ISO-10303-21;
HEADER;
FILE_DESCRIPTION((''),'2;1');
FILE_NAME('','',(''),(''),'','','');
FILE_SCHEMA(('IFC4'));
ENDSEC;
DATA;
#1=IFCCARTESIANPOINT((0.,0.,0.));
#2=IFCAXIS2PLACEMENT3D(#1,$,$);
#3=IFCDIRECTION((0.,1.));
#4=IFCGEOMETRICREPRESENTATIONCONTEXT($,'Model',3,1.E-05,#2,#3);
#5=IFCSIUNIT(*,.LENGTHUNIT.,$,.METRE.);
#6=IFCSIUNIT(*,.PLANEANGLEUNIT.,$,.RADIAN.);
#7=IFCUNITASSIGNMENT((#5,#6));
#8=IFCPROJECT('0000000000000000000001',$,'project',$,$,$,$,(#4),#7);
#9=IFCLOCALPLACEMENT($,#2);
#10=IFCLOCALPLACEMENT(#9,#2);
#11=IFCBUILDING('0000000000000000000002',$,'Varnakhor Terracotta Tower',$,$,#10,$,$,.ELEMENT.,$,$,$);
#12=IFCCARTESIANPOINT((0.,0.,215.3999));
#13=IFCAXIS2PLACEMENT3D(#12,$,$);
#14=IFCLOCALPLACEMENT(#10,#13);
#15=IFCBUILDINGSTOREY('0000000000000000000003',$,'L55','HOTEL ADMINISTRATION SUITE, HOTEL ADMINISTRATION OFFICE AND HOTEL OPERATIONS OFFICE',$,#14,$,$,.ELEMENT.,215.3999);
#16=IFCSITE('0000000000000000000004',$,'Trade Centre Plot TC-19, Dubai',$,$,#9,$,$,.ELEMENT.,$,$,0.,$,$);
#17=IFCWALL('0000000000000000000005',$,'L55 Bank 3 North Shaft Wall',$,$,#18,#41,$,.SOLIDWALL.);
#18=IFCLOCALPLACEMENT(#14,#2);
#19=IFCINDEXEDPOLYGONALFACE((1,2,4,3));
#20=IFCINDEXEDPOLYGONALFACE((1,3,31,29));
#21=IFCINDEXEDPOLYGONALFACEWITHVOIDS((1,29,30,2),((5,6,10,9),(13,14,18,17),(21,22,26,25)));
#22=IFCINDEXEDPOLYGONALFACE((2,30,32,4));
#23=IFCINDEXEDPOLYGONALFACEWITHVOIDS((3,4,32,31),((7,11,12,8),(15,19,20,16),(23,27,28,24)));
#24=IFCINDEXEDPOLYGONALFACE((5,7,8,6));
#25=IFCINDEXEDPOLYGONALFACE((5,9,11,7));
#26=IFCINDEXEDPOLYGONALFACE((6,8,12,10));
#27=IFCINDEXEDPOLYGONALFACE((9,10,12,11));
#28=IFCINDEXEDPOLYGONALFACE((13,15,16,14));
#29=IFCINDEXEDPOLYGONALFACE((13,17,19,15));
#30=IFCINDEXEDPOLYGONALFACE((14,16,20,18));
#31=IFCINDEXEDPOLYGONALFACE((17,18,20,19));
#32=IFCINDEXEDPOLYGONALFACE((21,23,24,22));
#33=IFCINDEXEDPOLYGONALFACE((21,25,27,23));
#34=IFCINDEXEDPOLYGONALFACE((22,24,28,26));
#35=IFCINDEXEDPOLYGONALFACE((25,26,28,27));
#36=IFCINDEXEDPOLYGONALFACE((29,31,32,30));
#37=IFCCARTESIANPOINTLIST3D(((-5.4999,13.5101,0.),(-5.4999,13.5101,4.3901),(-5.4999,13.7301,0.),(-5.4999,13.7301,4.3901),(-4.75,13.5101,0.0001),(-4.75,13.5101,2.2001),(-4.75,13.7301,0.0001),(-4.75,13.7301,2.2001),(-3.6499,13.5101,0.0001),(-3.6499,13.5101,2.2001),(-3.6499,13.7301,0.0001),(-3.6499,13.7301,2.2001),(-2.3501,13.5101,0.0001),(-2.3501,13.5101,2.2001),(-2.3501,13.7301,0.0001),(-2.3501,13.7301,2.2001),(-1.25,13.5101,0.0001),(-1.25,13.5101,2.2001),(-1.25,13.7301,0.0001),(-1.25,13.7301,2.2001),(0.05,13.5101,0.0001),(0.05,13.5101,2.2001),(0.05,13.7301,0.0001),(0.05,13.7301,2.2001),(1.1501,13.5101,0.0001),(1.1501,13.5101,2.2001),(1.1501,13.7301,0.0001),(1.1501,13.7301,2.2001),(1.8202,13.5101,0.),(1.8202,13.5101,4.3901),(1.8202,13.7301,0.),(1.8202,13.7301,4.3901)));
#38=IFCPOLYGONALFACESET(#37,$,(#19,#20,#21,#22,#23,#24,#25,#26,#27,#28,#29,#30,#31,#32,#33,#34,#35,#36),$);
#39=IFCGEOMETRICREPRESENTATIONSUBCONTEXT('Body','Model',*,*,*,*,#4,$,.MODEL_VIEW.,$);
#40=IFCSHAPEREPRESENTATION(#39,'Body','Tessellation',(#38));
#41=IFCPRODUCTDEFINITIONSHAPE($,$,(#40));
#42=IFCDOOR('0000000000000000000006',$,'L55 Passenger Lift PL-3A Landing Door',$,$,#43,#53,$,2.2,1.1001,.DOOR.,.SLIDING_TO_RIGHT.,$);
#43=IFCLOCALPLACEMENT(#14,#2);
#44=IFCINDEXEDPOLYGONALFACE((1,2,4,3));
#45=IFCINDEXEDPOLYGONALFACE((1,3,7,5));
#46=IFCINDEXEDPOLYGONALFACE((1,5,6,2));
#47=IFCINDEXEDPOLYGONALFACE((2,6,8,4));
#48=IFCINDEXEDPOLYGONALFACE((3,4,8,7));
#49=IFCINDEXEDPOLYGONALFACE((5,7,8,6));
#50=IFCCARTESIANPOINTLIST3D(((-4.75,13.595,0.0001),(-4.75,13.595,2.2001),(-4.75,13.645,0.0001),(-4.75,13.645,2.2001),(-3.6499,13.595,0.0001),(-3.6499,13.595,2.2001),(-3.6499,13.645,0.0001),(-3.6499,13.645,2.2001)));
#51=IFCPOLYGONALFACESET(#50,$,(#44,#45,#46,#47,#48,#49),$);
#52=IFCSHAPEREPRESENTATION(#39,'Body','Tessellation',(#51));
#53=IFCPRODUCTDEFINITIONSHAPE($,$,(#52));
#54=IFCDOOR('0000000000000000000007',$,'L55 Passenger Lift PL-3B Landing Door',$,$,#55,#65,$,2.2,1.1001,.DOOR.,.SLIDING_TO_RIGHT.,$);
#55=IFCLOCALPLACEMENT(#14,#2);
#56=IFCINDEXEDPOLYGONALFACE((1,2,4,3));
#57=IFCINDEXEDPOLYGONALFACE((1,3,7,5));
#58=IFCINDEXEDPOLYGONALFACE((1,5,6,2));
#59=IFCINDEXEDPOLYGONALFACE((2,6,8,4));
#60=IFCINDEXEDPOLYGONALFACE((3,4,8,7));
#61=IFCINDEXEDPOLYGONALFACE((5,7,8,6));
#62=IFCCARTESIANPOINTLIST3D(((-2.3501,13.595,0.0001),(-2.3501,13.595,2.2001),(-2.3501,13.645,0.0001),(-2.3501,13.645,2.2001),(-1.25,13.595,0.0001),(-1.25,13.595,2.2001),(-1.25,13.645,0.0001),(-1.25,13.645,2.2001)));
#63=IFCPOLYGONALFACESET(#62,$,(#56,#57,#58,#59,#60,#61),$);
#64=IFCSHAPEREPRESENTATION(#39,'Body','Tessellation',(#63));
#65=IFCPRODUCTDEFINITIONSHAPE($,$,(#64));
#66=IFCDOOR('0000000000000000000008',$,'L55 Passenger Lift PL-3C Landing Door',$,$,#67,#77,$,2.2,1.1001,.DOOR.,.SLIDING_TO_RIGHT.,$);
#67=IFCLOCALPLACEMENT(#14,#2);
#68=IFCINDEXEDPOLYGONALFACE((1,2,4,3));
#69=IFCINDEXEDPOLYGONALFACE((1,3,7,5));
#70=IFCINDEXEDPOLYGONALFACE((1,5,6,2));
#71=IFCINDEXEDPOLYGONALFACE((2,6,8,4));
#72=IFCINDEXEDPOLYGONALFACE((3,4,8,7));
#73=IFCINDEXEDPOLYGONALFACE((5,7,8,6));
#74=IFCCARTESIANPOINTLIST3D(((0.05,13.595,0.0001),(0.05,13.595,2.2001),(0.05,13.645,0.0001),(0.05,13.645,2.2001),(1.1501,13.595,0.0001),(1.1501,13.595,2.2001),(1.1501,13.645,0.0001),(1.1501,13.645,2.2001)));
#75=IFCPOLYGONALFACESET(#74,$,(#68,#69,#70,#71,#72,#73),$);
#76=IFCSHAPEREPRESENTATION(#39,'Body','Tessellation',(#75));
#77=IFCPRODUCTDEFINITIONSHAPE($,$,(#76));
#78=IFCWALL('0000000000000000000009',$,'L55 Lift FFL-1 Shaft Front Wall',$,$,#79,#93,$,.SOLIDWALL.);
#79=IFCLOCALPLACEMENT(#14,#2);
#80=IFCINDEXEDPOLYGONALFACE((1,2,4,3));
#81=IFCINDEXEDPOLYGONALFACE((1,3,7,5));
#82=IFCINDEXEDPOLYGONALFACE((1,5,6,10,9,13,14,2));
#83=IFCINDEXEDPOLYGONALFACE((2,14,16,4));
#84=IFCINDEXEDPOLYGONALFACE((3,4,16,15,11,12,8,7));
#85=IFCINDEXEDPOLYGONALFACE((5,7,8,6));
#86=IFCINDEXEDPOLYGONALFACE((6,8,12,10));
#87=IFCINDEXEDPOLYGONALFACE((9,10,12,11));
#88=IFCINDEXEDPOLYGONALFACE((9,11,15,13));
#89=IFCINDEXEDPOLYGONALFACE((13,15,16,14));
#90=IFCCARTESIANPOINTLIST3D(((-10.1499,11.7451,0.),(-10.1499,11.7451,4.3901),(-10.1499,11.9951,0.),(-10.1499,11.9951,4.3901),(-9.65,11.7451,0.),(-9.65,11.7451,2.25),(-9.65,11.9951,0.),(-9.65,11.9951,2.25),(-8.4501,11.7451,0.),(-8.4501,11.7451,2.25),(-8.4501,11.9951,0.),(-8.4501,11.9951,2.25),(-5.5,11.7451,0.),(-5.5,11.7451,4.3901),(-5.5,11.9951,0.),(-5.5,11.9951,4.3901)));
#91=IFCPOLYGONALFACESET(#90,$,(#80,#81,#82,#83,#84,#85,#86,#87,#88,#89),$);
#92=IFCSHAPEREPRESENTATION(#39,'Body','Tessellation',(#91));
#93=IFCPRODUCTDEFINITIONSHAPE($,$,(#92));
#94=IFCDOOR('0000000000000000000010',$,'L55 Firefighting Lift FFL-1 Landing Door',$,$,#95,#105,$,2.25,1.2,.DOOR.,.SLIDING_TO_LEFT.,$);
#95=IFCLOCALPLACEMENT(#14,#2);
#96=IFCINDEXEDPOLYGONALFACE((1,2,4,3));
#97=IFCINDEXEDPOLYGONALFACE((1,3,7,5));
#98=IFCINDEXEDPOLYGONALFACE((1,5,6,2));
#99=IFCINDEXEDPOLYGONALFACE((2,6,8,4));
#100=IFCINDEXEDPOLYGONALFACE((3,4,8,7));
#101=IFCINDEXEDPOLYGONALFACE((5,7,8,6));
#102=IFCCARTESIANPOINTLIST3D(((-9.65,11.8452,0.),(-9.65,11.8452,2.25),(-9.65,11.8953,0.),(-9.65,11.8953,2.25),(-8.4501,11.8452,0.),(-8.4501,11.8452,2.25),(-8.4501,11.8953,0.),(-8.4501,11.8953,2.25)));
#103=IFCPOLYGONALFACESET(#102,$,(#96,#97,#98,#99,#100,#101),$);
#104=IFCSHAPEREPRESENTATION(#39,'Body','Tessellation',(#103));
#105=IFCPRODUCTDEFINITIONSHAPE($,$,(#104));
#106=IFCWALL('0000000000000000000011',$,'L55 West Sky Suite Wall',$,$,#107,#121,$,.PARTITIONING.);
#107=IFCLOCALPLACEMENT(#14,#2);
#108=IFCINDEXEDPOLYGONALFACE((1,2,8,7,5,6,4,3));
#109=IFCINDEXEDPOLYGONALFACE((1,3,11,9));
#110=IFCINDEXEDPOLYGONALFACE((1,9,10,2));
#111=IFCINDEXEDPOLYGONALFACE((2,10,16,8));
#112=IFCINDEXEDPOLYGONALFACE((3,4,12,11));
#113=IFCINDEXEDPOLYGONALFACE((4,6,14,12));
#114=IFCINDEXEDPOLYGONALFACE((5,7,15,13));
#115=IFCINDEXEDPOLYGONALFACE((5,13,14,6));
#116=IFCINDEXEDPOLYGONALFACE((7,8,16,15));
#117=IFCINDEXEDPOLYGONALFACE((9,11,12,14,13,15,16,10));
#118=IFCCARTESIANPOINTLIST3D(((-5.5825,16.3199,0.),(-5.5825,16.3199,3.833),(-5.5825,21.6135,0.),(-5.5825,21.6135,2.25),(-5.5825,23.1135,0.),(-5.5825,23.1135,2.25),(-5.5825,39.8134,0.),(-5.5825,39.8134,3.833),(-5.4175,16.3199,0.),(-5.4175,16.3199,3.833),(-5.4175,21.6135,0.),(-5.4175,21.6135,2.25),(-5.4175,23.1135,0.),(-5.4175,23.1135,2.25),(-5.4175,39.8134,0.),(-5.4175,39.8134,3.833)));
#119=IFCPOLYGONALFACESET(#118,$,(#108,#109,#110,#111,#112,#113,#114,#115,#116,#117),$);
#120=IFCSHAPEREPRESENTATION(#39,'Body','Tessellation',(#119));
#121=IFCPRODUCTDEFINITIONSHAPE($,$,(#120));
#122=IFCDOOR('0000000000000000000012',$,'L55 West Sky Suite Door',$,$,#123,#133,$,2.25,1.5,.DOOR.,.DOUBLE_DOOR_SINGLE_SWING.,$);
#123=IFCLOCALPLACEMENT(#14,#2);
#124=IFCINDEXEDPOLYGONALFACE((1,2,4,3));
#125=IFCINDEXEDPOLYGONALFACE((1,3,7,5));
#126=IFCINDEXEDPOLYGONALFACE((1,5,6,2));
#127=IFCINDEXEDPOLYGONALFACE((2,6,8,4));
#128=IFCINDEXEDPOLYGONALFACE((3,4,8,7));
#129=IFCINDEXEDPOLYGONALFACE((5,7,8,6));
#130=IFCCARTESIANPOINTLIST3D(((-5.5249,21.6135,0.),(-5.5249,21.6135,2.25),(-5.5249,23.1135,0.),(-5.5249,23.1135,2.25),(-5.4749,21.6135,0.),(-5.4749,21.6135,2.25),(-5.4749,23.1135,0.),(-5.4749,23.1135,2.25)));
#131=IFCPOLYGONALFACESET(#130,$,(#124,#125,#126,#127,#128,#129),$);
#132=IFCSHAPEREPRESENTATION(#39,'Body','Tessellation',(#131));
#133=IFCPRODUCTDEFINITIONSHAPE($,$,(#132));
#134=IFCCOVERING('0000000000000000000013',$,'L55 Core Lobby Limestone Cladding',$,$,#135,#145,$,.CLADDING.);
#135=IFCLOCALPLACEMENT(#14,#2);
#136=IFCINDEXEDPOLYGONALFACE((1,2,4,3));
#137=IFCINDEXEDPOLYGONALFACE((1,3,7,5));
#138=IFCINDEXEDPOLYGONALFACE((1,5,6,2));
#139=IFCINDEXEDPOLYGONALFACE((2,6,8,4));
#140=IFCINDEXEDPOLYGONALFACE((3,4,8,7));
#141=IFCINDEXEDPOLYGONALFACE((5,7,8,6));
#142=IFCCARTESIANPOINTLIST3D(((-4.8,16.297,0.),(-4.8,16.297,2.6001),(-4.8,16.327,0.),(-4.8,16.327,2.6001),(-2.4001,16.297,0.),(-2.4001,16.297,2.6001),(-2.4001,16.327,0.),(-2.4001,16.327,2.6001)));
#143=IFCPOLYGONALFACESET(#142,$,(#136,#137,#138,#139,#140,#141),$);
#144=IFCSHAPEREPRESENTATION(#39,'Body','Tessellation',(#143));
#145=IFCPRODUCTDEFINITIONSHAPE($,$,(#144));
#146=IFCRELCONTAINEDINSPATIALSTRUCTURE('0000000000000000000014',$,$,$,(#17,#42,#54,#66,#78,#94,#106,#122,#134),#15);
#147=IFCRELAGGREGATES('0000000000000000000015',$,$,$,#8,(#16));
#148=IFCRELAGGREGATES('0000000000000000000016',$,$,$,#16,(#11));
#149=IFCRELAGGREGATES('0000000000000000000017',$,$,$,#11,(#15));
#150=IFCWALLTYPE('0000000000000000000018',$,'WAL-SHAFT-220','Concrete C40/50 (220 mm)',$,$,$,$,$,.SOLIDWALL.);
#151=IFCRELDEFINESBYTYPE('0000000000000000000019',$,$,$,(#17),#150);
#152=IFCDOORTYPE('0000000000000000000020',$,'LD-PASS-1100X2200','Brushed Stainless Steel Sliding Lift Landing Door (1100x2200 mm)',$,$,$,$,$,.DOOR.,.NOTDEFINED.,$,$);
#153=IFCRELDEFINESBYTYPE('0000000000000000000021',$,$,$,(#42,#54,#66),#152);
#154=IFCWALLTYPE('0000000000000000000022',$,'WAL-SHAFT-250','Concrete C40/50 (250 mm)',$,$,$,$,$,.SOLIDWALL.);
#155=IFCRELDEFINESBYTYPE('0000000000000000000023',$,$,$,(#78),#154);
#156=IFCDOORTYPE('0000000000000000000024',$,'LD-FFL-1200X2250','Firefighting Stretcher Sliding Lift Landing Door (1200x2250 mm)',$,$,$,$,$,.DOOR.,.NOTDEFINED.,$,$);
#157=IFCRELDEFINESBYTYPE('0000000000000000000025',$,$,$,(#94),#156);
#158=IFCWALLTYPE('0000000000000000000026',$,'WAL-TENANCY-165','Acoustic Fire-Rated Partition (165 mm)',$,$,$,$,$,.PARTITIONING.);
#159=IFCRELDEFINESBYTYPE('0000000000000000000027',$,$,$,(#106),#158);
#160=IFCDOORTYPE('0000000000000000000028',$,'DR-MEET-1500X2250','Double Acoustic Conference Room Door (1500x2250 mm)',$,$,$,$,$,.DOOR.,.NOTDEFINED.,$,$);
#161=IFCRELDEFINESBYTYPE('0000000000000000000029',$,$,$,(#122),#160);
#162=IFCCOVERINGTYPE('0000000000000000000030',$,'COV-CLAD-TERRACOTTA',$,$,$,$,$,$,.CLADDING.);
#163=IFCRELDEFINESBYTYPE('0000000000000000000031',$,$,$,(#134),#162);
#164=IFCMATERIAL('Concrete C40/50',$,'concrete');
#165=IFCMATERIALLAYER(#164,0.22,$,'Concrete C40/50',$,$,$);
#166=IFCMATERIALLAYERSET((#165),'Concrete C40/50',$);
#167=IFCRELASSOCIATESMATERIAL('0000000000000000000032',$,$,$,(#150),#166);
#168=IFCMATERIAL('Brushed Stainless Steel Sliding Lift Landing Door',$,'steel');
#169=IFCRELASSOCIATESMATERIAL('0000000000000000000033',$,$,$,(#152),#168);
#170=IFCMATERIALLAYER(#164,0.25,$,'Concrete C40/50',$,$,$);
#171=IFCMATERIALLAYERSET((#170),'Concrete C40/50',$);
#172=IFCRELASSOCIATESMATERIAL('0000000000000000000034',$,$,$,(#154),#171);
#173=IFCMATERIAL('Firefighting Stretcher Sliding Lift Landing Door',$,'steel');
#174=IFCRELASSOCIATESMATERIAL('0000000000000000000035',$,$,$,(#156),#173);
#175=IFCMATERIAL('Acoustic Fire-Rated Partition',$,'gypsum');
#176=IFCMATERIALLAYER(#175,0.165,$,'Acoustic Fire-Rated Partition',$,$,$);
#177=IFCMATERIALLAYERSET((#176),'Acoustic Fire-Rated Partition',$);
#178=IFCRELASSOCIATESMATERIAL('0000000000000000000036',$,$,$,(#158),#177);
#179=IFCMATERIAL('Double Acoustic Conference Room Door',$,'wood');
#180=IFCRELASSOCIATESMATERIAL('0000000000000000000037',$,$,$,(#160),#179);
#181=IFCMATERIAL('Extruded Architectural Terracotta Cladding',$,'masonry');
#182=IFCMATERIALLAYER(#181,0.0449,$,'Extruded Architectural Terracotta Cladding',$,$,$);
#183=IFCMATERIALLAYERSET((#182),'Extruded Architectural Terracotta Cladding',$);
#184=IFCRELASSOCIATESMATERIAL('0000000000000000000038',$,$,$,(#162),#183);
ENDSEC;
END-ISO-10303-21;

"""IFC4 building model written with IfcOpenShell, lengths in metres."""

from ifc_helpers import new_model, si_unit, direction, frame, frame_2d, origin, origin_2d, place, context, subcontext, project, spatial, rectangle, extrude, source, transform, mapped, material, layer, layer_set, type_object, type_shapes, element, fill, save


model = new_model("IFC4")

# Units and contexts
model_context = context("Model", 3, precision=1e-05, world=origin(), true_north=direction((0.0, 1.0)))
body_context = subcontext(model_context, "Body", "Model", "MODEL_VIEW")
ifc_project = project(units=[si_unit("LENGTHUNIT", "METRE"), si_unit("PLANEANGLEUNIT", "RADIAN")], contexts=[model_context])

# Site, building, storey
site_placement = place(None, origin())
site = spatial("IfcSite", under=ifc_project, at=site_placement, Name="Trade Centre Plot TC-19, Dubai", CompositionType="ELEMENT", RefElevation=0.0)
building_placement = place(site_placement, origin())
building = spatial("IfcBuilding", under=site, at=building_placement, Name="Varnakhor Terracotta Tower", CompositionType="ELEMENT")
storey_placement = place(building_placement, frame((0.0, 0.0, 215.3999)))
storey = spatial("IfcBuildingStorey", under=building, at=storey_placement, Name="L55", Description="HOTEL ADMINISTRATION SUITE, HOTEL ADMINISTRATION OFFICE AND HOTEL OPERATIONS OFFICE", CompositionType="ELEMENT", Elevation=215.3999)

# Shared definitions
ifc_material_1 = material(Name="Concrete C40/50", Category="concrete")
ifc_layer_1 = layer(ifc_material_1, 0.22, Name="Concrete C40/50")
ifc_layer_set_1 = layer_set([ifc_layer_1], Name="Concrete C40/50")
wall_type_1 = type_object("IfcWallType", Name="WAL-SHAFT-220", Description="Concrete C40/50 (220 mm)", PredefinedType="SOLIDWALL", material=ifc_layer_set_1)

# Wall, openings, doors
wall_1_placement = place(storey_placement, frame((-5.5, 13.6201, 0.0), z_axis=(0.0, 0.0, 1.0), x_axis=(1.0, 0.0, 0.0)))
wall_1 = element("IfcWall", 1, at=wall_1_placement, inside=storey, type_object=wall_type_1, Name="L55 Bank 3 North Shaft Wall", PredefinedType="SOLIDWALL", context=body_context, shape_type="SweptSolid", body=[
    extrude(rectangle(XDim=7.3201, YDim=0.22, at=frame_2d((3.6602, 0.0))), origin(), (0.0, 0.0, 1.0), 4.3901),
])
opening_1_placement = place(wall_1_placement, frame((0.75, 0.0, 0.0)))
opening_1 = element("IfcOpeningElement", 2, at=opening_1_placement, cuts=wall_1, PredefinedType="OPENING", context=body_context, shape_type="SweptSolid", body=[
    extrude(rectangle(XDim=1.1001, YDim=2.2, at=frame_2d((0.55, 1.1001))), frame((0.0, 0.1201, 0.0), z_axis=(0.0, -1.0, 0.0), x_axis=(1.0, 0.0, 0.0)), (0.0, 0.0, 1.0), 0.24),
])
opening_2_placement = place(wall_1_placement, frame((3.1499, 0.0, 0.0)))
opening_2 = element("IfcOpeningElement", 3, at=opening_2_placement, cuts=wall_1, PredefinedType="OPENING", context=body_context, shape_type="SweptSolid", body=[
    extrude(rectangle(XDim=1.1001, YDim=2.2, at=frame_2d((0.55, 1.1001))), frame((0.0, 0.1201, 0.0), z_axis=(0.0, -1.0, 0.0), x_axis=(1.0, 0.0, 0.0)), (0.0, 0.0, 1.0), 0.24),
])
opening_3_placement = place(wall_1_placement, frame((5.55, 0.0, 0.0)))
opening_3 = element("IfcOpeningElement", 4, at=opening_3_placement, cuts=wall_1, PredefinedType="OPENING", context=body_context, shape_type="SweptSolid", body=[
    extrude(rectangle(XDim=1.1001, YDim=2.2, at=frame_2d((0.55, 1.1001))), frame((0.0, 0.1201, 0.0), z_axis=(0.0, -1.0, 0.0), x_axis=(1.0, 0.0, 0.0)), (0.0, 0.0, 1.0), 0.24),
])
ifc_material_2 = material(Name="Brushed Stainless Steel Sliding Lift Landing Door", Category="steel")
door_type_1 = type_object("IfcDoorType", Name="LD-PASS-1100X2200", Description="Brushed Stainless Steel Sliding Lift Landing Door (1100x2200 mm)", OperationType="NOTDEFINED", PredefinedType="DOOR", material=ifc_material_2)
shared_shape_1 = source(origin(), body_context, "Body", "SweptSolid", [
    extrude(rectangle(XDim=1.1001, YDim=2.2, at=frame_2d((0.55, 1.1001))), frame((0.0, 0.0249, 0.0), z_axis=(0.0, -1.0, 0.0), x_axis=(1.0, 0.0, 0.0)), (0.0, 0.0, 1.0), 0.05),
])
type_shapes(door_type_1, [shared_shape_1])
door_1_placement = place(opening_1_placement, origin())
door_1 = element("IfcDoor", 5, at=door_1_placement, inside=storey, type_object=door_type_1, Name="L55 Passenger Lift PL-3A Landing Door", OperationType="SLIDING_TO_RIGHT", OverallHeight=2.2, OverallWidth=1.1001, PredefinedType="DOOR", context=body_context, shape_type="MappedRepresentation", body=[
    mapped(shared_shape_1, transform((0.0, 0.0, 0.0), scale=1.0)),
])
fill(opening_1, door_1)
door_2_placement = place(opening_2_placement, origin())
door_2 = element("IfcDoor", 6, at=door_2_placement, inside=storey, type_object=door_type_1, Name="L55 Passenger Lift PL-3B Landing Door", OperationType="SLIDING_TO_RIGHT", OverallHeight=2.2, OverallWidth=1.1001, PredefinedType="DOOR", context=body_context, shape_type="MappedRepresentation", body=[
    mapped(shared_shape_1, transform((0.0, 0.0, 0.0), scale=1.0)),
])
fill(opening_2, door_2)
door_3_placement = place(opening_3_placement, origin())
door_3 = element("IfcDoor", 7, at=door_3_placement, inside=storey, type_object=door_type_1, Name="L55 Passenger Lift PL-3C Landing Door", OperationType="SLIDING_TO_RIGHT", OverallHeight=2.2, OverallWidth=1.1001, PredefinedType="DOOR", context=body_context, shape_type="MappedRepresentation", body=[
    mapped(shared_shape_1, transform((0.0, 0.0, 0.0), scale=1.0)),
])
fill(opening_3, door_3)

# Walls, openings, doors
ifc_layer_2 = layer(ifc_material_1, 0.25, Name="Concrete C40/50")
ifc_layer_set_2 = layer_set([ifc_layer_2], Name="Concrete C40/50")
wall_type_2 = type_object("IfcWallType", Name="WAL-SHAFT-250", Description="Concrete C40/50 (250 mm)", PredefinedType="SOLIDWALL", material=ifc_layer_set_2)
wall_2_placement = place(storey_placement, frame((-5.5, 11.8701, 0.0), z_axis=(0.0, 0.0, 1.0), x_axis=(-1.0, 0.0, 0.0)))
wall_2 = element("IfcWall", 8, at=wall_2_placement, inside=storey, type_object=wall_type_2, Name="L55 Lift FFL-1 Shaft Front Wall", PredefinedType="SOLIDWALL", context=body_context, shape_type="SweptSolid", body=[
    extrude(rectangle(XDim=4.6499, YDim=0.25, at=frame_2d((2.325, 0.0))), origin(), (0.0, 0.0, 1.0), 4.3901),
])
opening_4_placement = place(wall_2_placement, frame((2.95, 0.0, 0.0)))
opening_4 = element("IfcOpeningElement", 9, at=opening_4_placement, cuts=wall_2, PredefinedType="OPENING", context=body_context, shape_type="SweptSolid", body=[
    extrude(rectangle(XDim=1.2, YDim=2.25, at=frame_2d((0.6001, 1.125))), frame((0.0, 0.135, 0.0), z_axis=(0.0, -1.0, 0.0), x_axis=(1.0, 0.0, 0.0)), (0.0, 0.0, 1.0), 0.27),
])
ifc_material_3 = material(Name="Firefighting Stretcher Sliding Lift Landing Door", Category="steel")
door_type_2 = type_object("IfcDoorType", Name="LD-FFL-1200X2250", Description="Firefighting Stretcher Sliding Lift Landing Door (1200x2250 mm)", OperationType="NOTDEFINED", PredefinedType="DOOR", material=ifc_material_3)
shared_shape_2 = source(origin(), body_context, "Body", "SweptSolid", [
    extrude(rectangle(XDim=1.2, YDim=2.25, at=frame_2d((0.6001, 1.125))), frame((0.0, 0.0249, 0.0), z_axis=(0.0, -1.0, 0.0), x_axis=(1.0, 0.0, 0.0)), (0.0, 0.0, 1.0), 0.05),
])
type_shapes(door_type_2, [shared_shape_2])
door_4_placement = place(opening_4_placement, origin())
door_4 = element("IfcDoor", 10, at=door_4_placement, inside=storey, type_object=door_type_2, Name="L55 Firefighting Lift FFL-1 Landing Door", OperationType="SLIDING_TO_LEFT", OverallHeight=2.25, OverallWidth=1.2, PredefinedType="DOOR", context=body_context, shape_type="MappedRepresentation", body=[
    mapped(shared_shape_2, transform((0.0, 0.0, 0.0), scale=1.0)),
])
fill(opening_4, door_4)
ifc_material_4 = material(Name="Acoustic Fire-Rated Partition", Category="gypsum")
ifc_layer_3 = layer(ifc_material_4, 0.165, Name="Acoustic Fire-Rated Partition")
ifc_layer_set_3 = layer_set([ifc_layer_3], Name="Acoustic Fire-Rated Partition")
wall_type_3 = type_object("IfcWallType", Name="WAL-TENANCY-165", Description="Acoustic Fire-Rated Partition (165 mm)", PredefinedType="PARTITIONING", material=ifc_layer_set_3)
wall_3_placement = place(storey_placement, frame((-5.5, 16.3201, 0.0), z_axis=(0.0, 0.0, 1.0), x_axis=(0.0, 1.0, 0.0)))
wall_3 = element("IfcWall", 11, at=wall_3_placement, inside=storey, type_object=wall_type_3, Name="L55 West Sky Suite Wall", PredefinedType="PARTITIONING", context=body_context, shape_type="SweptSolid", body=[
    extrude(rectangle(XDim=23.4934, YDim=0.165, at=frame_2d((11.7466, 0.0))), origin(), (0.0, 0.0, 1.0), 3.833),
])
opening_5_placement = place(wall_3_placement, frame((5.2935, 0.0, 0.0)))
opening_5 = element("IfcOpeningElement", 12, at=opening_5_placement, cuts=wall_3, PredefinedType="OPENING", context=body_context, shape_type="SweptSolid", body=[
    extrude(rectangle(XDim=1.5, YDim=2.25, at=frame_2d((0.75, 1.125))), frame((0.0, 0.0925, 0.0), z_axis=(0.0, -1.0, 0.0), x_axis=(1.0, 0.0, 0.0)), (0.0, 0.0, 1.0), 0.1851),
])
ifc_material_5 = material(Name="Double Acoustic Conference Room Door", Category="wood")
door_type_3 = type_object("IfcDoorType", Name="DR-MEET-1500X2250", Description="Double Acoustic Conference Room Door (1500x2250 mm)", OperationType="NOTDEFINED", PredefinedType="DOOR", material=ifc_material_5)
shared_shape_3 = source(origin(), body_context, "Body", "SweptSolid", [
    extrude(rectangle(XDim=1.5, YDim=2.25, at=frame_2d((0.75, 1.125))), frame((0.0, 0.0249, 0.0), z_axis=(0.0, -1.0, 0.0), x_axis=(1.0, 0.0, 0.0)), (0.0, 0.0, 1.0), 0.05),
])
type_shapes(door_type_3, [shared_shape_3])
door_5_placement = place(opening_5_placement, origin())
door_5 = element("IfcDoor", 13, at=door_5_placement, inside=storey, type_object=door_type_3, Name="L55 West Sky Suite Door", OperationType="DOUBLE_DOOR_SINGLE_SWING", OverallHeight=2.25, OverallWidth=1.5, PredefinedType="DOOR", context=body_context, shape_type="MappedRepresentation", body=[
    mapped(shared_shape_3, transform((0.0, 0.0, 0.0), scale=1.0)),
])
fill(opening_5, door_5)

# Covering
ifc_material_6 = material(Name="Extruded Architectural Terracotta Cladding", Category="masonry")
ifc_layer_4 = layer(ifc_material_6, 0.0449, Name="Extruded Architectural Terracotta Cladding")
ifc_layer_set_4 = layer_set([ifc_layer_4], Name="Extruded Architectural Terracotta Cladding")
covering_type = type_object("IfcCoveringType", Name="COV-CLAD-TERRACOTTA", PredefinedType="CLADDING", material=ifc_layer_set_4)
shared_shape_4 = source(origin(), body_context, "Body", "SweptSolid", [
    extrude(rectangle(XDim=2.3999, YDim=0.03, at=origin_2d()), origin(), (0.0, 0.0, 1.0), 2.6001),
])
type_shapes(covering_type, [shared_shape_4])
covering_placement = place(storey_placement, frame((-3.6001, 16.312, 0.0), z_axis=(0.0, 0.0, 1.0), x_axis=(1.0, 0.0, 0.0)))
element("IfcCovering", 14, at=covering_placement, inside=storey, type_object=covering_type, Name="L55 Core Lobby Limestone Cladding", PredefinedType="CLADDING", context=body_context, shape_type="MappedRepresentation", body=[
    mapped(shared_shape_4, transform((0.0, 0.0, 0.0), scale=1.0)),
])

save(model, "model.ifc")
